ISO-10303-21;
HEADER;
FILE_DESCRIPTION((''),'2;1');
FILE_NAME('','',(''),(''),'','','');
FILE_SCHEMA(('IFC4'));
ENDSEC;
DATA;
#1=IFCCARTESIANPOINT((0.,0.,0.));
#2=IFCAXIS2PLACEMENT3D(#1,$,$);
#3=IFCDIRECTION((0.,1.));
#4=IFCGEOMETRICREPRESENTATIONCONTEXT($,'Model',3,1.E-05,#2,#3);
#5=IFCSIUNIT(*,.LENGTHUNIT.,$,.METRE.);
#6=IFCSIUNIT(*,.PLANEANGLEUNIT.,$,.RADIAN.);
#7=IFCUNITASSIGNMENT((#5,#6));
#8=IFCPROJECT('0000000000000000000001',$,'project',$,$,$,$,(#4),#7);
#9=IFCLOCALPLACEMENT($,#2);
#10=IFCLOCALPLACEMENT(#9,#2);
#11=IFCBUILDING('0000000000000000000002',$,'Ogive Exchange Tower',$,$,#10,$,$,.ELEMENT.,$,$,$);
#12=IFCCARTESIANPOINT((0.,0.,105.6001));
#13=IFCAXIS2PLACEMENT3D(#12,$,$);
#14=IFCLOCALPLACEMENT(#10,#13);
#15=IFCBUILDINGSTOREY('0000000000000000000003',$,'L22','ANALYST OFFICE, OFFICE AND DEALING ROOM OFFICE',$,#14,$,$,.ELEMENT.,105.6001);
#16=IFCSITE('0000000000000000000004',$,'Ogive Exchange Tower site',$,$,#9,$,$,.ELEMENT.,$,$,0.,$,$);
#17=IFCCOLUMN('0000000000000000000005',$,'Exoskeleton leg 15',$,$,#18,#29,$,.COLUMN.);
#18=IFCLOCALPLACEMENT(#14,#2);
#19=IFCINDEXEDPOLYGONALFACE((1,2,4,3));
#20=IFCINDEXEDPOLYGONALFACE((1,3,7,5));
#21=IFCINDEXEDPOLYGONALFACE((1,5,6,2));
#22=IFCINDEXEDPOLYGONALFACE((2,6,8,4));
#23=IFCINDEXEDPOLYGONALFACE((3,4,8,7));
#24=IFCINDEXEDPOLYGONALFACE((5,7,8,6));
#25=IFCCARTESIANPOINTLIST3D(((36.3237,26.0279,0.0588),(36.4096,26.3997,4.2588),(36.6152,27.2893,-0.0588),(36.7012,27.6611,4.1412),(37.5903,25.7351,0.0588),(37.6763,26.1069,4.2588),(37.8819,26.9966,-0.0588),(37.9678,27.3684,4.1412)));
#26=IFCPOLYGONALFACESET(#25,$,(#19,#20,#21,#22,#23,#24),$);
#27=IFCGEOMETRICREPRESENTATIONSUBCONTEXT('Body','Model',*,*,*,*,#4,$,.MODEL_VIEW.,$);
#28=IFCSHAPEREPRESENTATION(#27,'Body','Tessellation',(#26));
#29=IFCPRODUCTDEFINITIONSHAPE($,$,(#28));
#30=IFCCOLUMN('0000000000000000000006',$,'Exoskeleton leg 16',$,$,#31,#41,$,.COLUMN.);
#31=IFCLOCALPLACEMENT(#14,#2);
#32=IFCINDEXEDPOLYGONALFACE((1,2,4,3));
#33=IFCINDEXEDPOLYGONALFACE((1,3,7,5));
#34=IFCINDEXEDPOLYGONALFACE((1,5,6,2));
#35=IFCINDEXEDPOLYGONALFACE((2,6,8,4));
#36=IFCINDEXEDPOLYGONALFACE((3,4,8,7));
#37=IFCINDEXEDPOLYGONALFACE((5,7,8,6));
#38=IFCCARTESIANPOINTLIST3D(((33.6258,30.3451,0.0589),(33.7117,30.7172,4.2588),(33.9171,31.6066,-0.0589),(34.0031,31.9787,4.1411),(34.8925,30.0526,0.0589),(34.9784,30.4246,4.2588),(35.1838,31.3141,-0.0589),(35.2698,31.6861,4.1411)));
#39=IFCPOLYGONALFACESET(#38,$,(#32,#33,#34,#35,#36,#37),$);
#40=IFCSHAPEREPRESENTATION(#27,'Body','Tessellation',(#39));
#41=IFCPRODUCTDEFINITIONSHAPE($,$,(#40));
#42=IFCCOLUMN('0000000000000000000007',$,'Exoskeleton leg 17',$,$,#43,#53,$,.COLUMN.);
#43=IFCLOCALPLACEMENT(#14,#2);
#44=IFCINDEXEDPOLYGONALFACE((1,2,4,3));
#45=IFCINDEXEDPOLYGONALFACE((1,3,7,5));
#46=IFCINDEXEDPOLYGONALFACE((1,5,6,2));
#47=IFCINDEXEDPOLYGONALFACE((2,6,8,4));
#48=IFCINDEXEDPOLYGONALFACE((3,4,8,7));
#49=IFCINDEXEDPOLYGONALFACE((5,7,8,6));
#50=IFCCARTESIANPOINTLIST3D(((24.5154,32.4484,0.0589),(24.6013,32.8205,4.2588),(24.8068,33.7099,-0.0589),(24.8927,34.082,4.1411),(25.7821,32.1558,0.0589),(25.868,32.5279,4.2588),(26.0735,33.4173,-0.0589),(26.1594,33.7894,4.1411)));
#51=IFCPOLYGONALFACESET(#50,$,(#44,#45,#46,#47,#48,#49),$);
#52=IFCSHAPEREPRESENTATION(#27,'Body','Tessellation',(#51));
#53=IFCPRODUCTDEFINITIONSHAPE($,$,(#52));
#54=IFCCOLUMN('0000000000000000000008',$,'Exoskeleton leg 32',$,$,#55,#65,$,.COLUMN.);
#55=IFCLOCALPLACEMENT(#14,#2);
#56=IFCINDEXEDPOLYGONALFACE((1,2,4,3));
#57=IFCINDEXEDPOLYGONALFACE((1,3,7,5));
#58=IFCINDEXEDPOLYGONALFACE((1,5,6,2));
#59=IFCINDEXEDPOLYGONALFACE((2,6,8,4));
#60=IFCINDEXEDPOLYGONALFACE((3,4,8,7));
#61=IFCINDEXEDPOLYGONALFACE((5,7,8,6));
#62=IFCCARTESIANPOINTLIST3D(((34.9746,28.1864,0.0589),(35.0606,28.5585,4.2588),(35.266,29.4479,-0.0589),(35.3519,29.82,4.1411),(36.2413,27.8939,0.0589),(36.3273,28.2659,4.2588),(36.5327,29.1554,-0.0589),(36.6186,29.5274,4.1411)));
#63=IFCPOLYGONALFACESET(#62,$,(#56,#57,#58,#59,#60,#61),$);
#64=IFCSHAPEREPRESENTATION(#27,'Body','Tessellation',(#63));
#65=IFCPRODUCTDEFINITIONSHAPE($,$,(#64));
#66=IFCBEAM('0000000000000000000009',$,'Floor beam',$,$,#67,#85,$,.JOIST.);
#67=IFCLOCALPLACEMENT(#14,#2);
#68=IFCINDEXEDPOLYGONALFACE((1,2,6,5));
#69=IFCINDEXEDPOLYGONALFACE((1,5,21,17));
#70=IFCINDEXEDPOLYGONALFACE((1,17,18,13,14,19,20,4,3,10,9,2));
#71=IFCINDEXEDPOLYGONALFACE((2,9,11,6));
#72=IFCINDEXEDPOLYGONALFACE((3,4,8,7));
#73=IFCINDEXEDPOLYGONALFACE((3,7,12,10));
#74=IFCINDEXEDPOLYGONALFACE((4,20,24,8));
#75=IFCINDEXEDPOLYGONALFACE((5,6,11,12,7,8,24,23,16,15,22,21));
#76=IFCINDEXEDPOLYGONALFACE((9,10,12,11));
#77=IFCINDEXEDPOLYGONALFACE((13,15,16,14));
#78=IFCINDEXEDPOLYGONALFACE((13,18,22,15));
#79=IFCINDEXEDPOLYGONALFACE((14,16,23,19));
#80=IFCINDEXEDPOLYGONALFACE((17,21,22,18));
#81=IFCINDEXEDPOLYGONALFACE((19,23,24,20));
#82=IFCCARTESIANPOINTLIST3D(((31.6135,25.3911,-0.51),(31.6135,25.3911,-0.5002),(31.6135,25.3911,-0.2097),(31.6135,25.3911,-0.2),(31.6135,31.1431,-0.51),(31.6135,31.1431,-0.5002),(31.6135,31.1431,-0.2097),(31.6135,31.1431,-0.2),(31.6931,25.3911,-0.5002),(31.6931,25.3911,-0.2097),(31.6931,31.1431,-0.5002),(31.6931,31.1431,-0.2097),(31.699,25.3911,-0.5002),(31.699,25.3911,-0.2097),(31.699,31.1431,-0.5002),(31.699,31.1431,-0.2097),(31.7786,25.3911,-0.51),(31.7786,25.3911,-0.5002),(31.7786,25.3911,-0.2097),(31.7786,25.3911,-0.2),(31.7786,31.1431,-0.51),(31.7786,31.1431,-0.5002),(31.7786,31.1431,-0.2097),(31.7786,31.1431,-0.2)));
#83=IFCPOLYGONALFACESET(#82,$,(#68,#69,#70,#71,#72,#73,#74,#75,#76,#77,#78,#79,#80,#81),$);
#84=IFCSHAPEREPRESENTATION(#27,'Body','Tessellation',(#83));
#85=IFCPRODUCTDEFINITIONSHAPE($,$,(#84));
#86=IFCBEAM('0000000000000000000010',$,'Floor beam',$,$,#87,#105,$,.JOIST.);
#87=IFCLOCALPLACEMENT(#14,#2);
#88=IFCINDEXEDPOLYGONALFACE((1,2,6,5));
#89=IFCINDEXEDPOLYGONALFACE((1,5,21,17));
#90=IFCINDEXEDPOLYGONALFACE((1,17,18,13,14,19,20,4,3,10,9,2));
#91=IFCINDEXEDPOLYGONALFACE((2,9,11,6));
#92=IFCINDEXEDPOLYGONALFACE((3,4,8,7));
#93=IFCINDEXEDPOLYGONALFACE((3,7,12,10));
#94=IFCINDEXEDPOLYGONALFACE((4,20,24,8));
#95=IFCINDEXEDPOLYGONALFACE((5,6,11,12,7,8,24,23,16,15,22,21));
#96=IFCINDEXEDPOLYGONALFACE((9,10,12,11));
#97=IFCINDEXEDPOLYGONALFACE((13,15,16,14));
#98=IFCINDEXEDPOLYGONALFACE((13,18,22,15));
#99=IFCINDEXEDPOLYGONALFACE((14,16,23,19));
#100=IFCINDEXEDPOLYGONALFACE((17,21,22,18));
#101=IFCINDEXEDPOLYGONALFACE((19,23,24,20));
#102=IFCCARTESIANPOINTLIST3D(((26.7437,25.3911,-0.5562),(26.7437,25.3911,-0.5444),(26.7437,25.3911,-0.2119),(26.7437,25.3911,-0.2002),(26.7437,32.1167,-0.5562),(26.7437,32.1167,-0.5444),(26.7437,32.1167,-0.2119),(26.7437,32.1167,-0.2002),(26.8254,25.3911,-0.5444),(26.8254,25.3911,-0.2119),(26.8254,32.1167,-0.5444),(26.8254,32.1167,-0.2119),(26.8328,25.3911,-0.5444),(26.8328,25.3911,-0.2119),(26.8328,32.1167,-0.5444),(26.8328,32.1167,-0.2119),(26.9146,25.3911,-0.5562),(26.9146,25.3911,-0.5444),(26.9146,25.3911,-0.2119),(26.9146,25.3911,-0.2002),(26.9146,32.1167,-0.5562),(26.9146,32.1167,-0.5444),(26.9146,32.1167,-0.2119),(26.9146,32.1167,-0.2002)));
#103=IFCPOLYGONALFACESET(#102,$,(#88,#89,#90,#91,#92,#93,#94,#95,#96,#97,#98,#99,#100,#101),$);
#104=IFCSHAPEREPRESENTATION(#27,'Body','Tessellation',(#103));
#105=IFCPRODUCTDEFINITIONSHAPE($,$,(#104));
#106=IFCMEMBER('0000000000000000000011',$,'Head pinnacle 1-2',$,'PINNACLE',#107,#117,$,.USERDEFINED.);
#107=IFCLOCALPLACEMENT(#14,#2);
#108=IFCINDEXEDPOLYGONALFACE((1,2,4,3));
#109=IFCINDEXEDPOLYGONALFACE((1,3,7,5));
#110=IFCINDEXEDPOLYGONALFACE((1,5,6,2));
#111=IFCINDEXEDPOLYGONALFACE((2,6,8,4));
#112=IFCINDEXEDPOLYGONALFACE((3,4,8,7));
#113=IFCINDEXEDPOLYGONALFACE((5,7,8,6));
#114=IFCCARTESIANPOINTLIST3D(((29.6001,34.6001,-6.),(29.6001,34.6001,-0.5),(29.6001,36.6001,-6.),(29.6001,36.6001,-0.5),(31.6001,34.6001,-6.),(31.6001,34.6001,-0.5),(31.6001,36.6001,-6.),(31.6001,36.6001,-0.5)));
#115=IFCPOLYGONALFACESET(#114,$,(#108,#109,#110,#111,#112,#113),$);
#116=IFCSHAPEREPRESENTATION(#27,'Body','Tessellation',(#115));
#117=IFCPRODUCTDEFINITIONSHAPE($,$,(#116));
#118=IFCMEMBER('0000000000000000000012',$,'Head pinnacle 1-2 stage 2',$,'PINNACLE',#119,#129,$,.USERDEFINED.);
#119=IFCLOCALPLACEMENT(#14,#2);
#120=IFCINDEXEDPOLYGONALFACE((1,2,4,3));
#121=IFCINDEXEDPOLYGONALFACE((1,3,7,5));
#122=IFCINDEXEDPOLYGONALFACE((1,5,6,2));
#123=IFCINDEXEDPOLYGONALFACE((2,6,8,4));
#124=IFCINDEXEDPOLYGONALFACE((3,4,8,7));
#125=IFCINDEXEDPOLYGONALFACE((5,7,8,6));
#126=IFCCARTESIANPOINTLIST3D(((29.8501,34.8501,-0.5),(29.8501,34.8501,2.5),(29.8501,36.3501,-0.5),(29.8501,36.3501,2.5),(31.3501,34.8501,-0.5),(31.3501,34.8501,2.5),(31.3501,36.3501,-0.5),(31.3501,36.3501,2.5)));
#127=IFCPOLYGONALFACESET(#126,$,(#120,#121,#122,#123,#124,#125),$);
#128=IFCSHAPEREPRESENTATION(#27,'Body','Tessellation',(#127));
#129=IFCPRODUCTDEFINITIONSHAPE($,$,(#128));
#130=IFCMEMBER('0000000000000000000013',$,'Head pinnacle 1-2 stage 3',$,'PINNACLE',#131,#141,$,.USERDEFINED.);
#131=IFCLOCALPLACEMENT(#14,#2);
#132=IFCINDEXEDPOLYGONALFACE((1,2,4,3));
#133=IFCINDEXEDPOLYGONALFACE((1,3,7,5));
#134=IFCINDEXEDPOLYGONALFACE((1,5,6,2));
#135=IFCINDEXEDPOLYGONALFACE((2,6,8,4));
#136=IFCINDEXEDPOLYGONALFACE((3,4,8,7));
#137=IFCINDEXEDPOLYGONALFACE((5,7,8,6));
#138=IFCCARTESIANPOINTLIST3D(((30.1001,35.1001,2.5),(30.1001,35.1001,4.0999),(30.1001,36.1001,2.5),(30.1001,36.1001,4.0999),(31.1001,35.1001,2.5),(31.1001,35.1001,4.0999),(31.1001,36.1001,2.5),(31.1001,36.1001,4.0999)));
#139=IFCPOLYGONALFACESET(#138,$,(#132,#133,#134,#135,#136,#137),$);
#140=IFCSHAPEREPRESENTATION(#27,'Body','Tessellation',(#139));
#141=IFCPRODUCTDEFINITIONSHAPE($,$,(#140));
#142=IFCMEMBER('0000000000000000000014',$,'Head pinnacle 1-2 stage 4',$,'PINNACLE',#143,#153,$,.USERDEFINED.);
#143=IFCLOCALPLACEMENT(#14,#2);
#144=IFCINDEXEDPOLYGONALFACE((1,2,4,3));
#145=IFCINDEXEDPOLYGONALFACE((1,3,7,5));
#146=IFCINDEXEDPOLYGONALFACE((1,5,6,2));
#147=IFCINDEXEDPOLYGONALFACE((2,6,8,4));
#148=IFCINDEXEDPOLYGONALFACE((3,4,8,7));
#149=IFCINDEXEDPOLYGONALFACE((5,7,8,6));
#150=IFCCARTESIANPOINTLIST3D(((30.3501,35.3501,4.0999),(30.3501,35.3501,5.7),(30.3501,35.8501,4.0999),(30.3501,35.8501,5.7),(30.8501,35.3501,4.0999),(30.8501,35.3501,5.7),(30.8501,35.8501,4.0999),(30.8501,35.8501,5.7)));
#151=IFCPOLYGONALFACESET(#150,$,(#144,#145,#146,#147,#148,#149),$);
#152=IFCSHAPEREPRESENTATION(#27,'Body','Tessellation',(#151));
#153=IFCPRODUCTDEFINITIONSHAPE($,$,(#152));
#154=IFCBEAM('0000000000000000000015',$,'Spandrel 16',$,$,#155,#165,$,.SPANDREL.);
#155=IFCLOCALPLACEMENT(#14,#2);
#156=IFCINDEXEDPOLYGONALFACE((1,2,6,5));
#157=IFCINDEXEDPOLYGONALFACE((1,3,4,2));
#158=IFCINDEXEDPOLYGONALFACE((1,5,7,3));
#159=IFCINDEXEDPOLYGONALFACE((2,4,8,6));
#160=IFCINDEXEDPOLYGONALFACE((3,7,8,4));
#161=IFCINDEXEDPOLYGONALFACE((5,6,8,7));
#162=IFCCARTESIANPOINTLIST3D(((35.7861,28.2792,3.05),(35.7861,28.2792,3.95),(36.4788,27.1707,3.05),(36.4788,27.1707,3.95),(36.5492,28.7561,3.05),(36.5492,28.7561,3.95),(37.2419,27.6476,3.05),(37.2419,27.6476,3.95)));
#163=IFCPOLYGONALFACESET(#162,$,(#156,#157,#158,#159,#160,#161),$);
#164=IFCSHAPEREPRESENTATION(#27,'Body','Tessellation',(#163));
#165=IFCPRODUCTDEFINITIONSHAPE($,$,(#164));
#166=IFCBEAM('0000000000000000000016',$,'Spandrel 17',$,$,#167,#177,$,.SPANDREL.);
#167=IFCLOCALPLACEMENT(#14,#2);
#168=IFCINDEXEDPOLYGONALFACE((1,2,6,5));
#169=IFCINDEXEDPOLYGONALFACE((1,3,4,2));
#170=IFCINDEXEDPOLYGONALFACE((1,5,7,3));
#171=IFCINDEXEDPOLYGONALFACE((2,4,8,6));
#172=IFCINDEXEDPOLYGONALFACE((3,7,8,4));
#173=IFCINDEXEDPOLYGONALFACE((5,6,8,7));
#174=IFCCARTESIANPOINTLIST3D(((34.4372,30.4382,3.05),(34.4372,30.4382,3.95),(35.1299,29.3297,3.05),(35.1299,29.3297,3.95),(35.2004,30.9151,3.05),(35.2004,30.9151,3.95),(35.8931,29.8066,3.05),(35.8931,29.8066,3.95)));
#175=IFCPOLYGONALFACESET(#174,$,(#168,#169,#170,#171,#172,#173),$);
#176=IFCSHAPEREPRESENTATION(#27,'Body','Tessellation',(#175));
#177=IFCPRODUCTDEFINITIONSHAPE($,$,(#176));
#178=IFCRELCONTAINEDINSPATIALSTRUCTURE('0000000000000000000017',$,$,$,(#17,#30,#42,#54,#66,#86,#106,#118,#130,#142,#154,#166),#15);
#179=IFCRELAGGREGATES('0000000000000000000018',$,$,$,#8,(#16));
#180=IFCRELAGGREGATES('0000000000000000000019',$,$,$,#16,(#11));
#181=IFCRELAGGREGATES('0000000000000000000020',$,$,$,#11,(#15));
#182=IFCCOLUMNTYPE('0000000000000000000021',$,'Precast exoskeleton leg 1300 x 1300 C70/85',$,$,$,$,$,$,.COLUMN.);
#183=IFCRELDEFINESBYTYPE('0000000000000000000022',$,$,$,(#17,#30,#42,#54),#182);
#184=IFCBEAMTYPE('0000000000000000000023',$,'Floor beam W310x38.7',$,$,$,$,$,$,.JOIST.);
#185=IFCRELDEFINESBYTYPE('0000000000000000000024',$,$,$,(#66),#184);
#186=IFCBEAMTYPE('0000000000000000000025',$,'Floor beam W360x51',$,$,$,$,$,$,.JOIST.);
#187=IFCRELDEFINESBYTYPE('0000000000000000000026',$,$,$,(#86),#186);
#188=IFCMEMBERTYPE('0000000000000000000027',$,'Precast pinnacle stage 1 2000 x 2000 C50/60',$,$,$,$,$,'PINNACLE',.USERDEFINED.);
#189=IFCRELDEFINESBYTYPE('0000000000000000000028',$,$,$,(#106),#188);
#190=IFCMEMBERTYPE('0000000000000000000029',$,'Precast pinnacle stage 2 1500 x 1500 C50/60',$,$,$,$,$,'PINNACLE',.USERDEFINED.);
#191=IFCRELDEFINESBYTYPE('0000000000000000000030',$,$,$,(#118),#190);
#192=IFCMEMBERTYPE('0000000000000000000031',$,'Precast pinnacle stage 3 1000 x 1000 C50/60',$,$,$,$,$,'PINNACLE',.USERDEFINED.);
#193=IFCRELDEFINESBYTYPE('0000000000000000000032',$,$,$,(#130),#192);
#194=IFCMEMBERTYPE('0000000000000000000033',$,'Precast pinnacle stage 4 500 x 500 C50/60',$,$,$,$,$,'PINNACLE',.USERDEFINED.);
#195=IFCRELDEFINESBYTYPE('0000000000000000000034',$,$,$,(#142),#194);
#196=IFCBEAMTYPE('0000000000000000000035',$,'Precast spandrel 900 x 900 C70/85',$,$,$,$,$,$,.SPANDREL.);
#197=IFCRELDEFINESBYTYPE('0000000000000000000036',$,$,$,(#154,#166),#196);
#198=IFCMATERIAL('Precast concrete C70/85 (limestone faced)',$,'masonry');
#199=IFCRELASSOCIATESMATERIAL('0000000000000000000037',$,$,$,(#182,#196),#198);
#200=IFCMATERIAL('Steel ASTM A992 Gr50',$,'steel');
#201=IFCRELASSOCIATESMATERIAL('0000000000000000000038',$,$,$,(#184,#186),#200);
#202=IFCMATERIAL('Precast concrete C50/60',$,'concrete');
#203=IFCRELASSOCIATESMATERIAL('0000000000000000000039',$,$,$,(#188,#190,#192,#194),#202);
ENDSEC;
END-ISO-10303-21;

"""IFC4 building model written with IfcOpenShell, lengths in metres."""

from ifc_helpers import new_model, si_unit, direction, frame, origin, origin_2d, place, context, subcontext, project, spatial, rectangle, i_section, extrude, material, material_profile, profile_set, type_object, element, save


model = new_model("IFC4")

# Units and contexts
model_context = context("Model", 3, precision=1e-05, world=origin(), true_north=direction((0.0, 1.0)))
body_context = subcontext(model_context, "Body", "Model", "MODEL_VIEW")
ifc_project = project(units=[si_unit("LENGTHUNIT", "METRE"), si_unit("PLANEANGLEUNIT", "RADIAN")], contexts=[model_context])

# Site, building, storey
site_placement = place(None, origin())
site = spatial("IfcSite", under=ifc_project, at=site_placement, Name="Ogive Exchange Tower site", CompositionType="ELEMENT", RefElevation=0.0)
building_placement = place(site_placement, origin())
building = spatial("IfcBuilding", under=site, at=building_placement, Name="Ogive Exchange Tower", CompositionType="ELEMENT")
storey_placement = place(building_placement, frame((0.0, 0.0, 105.6001)))
storey = spatial("IfcBuildingStorey", under=building, at=storey_placement, Name="L22", Description="ANALYST OFFICE, OFFICE AND DEALING ROOM OFFICE", CompositionType="ELEMENT", Elevation=105.6001)

# Columns
ifc_material_1 = material(Name="Precast concrete C70/85 (limestone faced)", Category="masonry")
ifc_material_profile_1 = material_profile(ifc_material_1, rectangle(XDim=1.3, YDim=1.3, at=origin_2d()), Name="1300 x 1300")
ifc_profile_set_1 = profile_set([ifc_material_profile_1], Name="Precast concrete C70/85 (limestone faced)")
column_type = type_object("IfcColumnType", Name="Precast exoskeleton leg 1300 x 1300 C70/85", PredefinedType="COLUMN", material=ifc_profile_set_1)
for number, where, z_axis, x_axis, name in (
    (1, (37.1028, 26.5122, 0.0), (0.020378, 0.088168, 0.995897), (-0.974316, 0.225187, 0.0), "Exoskeleton leg 15"),
    (2, (34.4048, 30.8296, 0.0), (0.020377, 0.088225, 0.995892), (-0.974348, 0.225046, 0.0), "Exoskeleton leg 16"),
    (3, (25.2944, 32.9329, 0.0), (0.020377, 0.088225, 0.995892), (-0.974348, 0.225046, 0.0), "Exoskeleton leg 17"),
    (4, (35.7537, 28.6709, 0.0), (0.020377, 0.088225, 0.995892), (-0.974348, 0.225046, 0.0), "Exoskeleton leg 32"),
):
    element("IfcColumn", number, at=place(storey_placement, frame(where, z_axis=z_axis, x_axis=x_axis)), inside=storey, type_object=column_type, Name=name, PredefinedType="COLUMN", context=body_context, shape_type="SweptSolid", body=[
        extrude(rectangle(XDim=1.3, YDim=1.3, at=origin_2d()), origin(), (0.0, 0.0, 1.0), 4.2173),
    ])

# Beams
ifc_material_2 = material(Name="Steel ASTM A992 Gr50", Category="steel")
ifc_material_profile_2 = material_profile(ifc_material_2, i_section(OverallWidth=0.165, OverallDepth=0.3101, WebThickness=0.0059, FlangeThickness=0.0098, at=origin_2d()), Name="W310x38.7")
ifc_profile_set_2 = profile_set([ifc_material_profile_2], Name="Steel ASTM A992 Gr50")
beam_type_1 = type_object("IfcBeamType", Name="Floor beam W310x38.7", PredefinedType="JOIST", material=ifc_profile_set_2)
beam_1_placement = place(storey_placement, frame((31.696, 25.3911, -0.355), z_axis=(0.0, 1.0, 0.0), x_axis=(-1.0, 0.0, 0.0)))
element("IfcBeam", 5, at=beam_1_placement, inside=storey, type_object=beam_type_1, Name="Floor beam", PredefinedType="JOIST", context=body_context, shape_type="SweptSolid", body=[
    extrude(i_section(OverallWidth=0.165, OverallDepth=0.3101, WebThickness=0.0059, FlangeThickness=0.0098, at=origin_2d()), origin(), (0.0, 0.0, 1.0), 5.752),
])
ifc_material_profile_3 = material_profile(ifc_material_2, i_section(OverallWidth=0.1709, OverallDepth=0.356, WebThickness=0.0073, FlangeThickness=0.0117, at=origin_2d()), Name="W360x51")
ifc_profile_set_3 = profile_set([ifc_material_profile_3], Name="Steel ASTM A992 Gr50")
beam_type_2 = type_object("IfcBeamType", Name="Floor beam W360x51", PredefinedType="JOIST", material=ifc_profile_set_3)
beam_2_placement = place(storey_placement, frame((26.8291, 25.3911, -0.3782), z_axis=(0.0, 1.0, 0.0), x_axis=(-1.0, 0.0, 0.0)))
element("IfcBeam", 6, at=beam_2_placement, inside=storey, type_object=beam_type_2, Name="Floor beam", PredefinedType="JOIST", context=body_context, shape_type="SweptSolid", body=[
    extrude(i_section(OverallWidth=0.1709, OverallDepth=0.356, WebThickness=0.0073, FlangeThickness=0.0117, at=origin_2d()), origin(), (0.0, 0.0, 1.0), 6.7256),
])

# Members
ifc_material_3 = material(Name="Precast concrete C50/60", Category="concrete")
ifc_material_profile_4 = material_profile(ifc_material_3, rectangle(XDim=2.0, YDim=2.0, at=origin_2d()), Name="PINNACLE 1 2000 x 2000")
ifc_profile_set_4 = profile_set([ifc_material_profile_4], Name="Precast concrete C50/60")
member_type_1 = type_object("IfcMemberType", Name="Precast pinnacle stage 1 2000 x 2000 C50/60", ElementType="PINNACLE", PredefinedType="USERDEFINED", material=ifc_profile_set_4)
member_1_placement = place(storey_placement, frame((30.6001, 35.6001, -6.0), z_axis=(0.0, 0.0, 1.0), x_axis=(1.0, 0.0, 0.0)))
element("IfcMember", 7, at=member_1_placement, inside=storey, type_object=member_type_1, Name="Head pinnacle 1-2", ObjectType="PINNACLE", PredefinedType="USERDEFINED", context=body_context, shape_type="SweptSolid", body=[
    extrude(rectangle(XDim=2.0, YDim=2.0, at=origin_2d()), origin(), (0.0, 0.0, 1.0), 5.5),
])
ifc_material_profile_5 = material_profile(ifc_material_3, rectangle(XDim=1.5, YDim=1.5, at=origin_2d()), Name="PINNACLE 2 1500 x 1500")
ifc_profile_set_5 = profile_set([ifc_material_profile_5], Name="Precast concrete C50/60")
member_type_2 = type_object("IfcMemberType", Name="Precast pinnacle stage 2 1500 x 1500 C50/60", ElementType="PINNACLE", PredefinedType="USERDEFINED", material=ifc_profile_set_5)
member_2_placement = place(storey_placement, frame((30.6001, 35.6001, -0.5), z_axis=(0.0, 0.0, 1.0), x_axis=(1.0, 0.0, 0.0)))
element("IfcMember", 8, at=member_2_placement, inside=storey, type_object=member_type_2, Name="Head pinnacle 1-2 stage 2", ObjectType="PINNACLE", PredefinedType="USERDEFINED", context=body_context, shape_type="SweptSolid", body=[
    extrude(rectangle(XDim=1.5, YDim=1.5, at=origin_2d()), origin(), (0.0, 0.0, 1.0), 3.0),
])
ifc_material_profile_6 = material_profile(ifc_material_3, rectangle(XDim=1.0, YDim=1.0, at=origin_2d()), Name="PINNACLE 3 1000 x 1000")
ifc_profile_set_6 = profile_set([ifc_material_profile_6], Name="Precast concrete C50/60")
member_type_3 = type_object("IfcMemberType", Name="Precast pinnacle stage 3 1000 x 1000 C50/60", ElementType="PINNACLE", PredefinedType="USERDEFINED", material=ifc_profile_set_6)
member_3_placement = place(storey_placement, frame((30.6001, 35.6001, 2.5), z_axis=(0.0, 0.0, 1.0), x_axis=(1.0, 0.0, 0.0)))
element("IfcMember", 9, at=member_3_placement, inside=storey, type_object=member_type_3, Name="Head pinnacle 1-2 stage 3", ObjectType="PINNACLE", PredefinedType="USERDEFINED", context=body_context, shape_type="SweptSolid", body=[
    extrude(rectangle(XDim=1.0, YDim=1.0, at=origin_2d()), origin(), (0.0, 0.0, 1.0), 1.5999),
])
ifc_material_profile_7 = material_profile(ifc_material_3, rectangle(XDim=0.5, YDim=0.5, at=origin_2d()), Name="PINNACLE 4 500 x 500")
ifc_profile_set_7 = profile_set([ifc_material_profile_7], Name="Precast concrete C50/60")
member_type_4 = type_object("IfcMemberType", Name="Precast pinnacle stage 4 500 x 500 C50/60", ElementType="PINNACLE", PredefinedType="USERDEFINED", material=ifc_profile_set_7)
member_4_placement = place(storey_placement, frame((30.6001, 35.6001, 4.0999), z_axis=(0.0, 0.0, 1.0), x_axis=(1.0, 0.0, 0.0)))
element("IfcMember", 10, at=member_4_placement, inside=storey, type_object=member_type_4, Name="Head pinnacle 1-2 stage 4", ObjectType="PINNACLE", PredefinedType="USERDEFINED", context=body_context, shape_type="SweptSolid", body=[
    extrude(rectangle(XDim=0.5, YDim=0.5, at=origin_2d()), origin(), (0.0, 0.0, 1.0), 1.6001),
])

# Beams
ifc_material_profile_8 = material_profile(ifc_material_1, rectangle(XDim=0.8999, YDim=0.8999, at=origin_2d()), Name="900 x 900")
ifc_profile_set_8 = profile_set([ifc_material_profile_8], Name="Precast concrete C70/85 (limestone faced)")
beam_type_3 = type_object("IfcBeamType", Name="Precast spandrel 900 x 900 C70/85", PredefinedType="SPANDREL", material=ifc_profile_set_8)
for number, where, z_axis, x_axis, name in (
    (11, (36.8604, 27.4092, 3.5), (-0.529932, 0.84804, 0.0), (-0.84804, -0.529932, 0.0), "Spandrel 16"),
    (12, (35.5115, 29.5681, 3.5), (-0.529932, 0.84804, 0.0), (-0.84804, -0.529932, 0.0), "Spandrel 17"),
):
    element("IfcBeam", number, at=place(storey_placement, frame(where, z_axis=z_axis, x_axis=x_axis)), inside=storey, type_object=beam_type_3, Name=name, PredefinedType="SPANDREL", context=body_context, shape_type="SweptSolid", body=[
        extrude(rectangle(XDim=0.8999, YDim=0.8999, at=origin_2d()), origin(), (0.0, 0.0, 1.0), 1.3071),
    ])

save(model, "model.ifc")
